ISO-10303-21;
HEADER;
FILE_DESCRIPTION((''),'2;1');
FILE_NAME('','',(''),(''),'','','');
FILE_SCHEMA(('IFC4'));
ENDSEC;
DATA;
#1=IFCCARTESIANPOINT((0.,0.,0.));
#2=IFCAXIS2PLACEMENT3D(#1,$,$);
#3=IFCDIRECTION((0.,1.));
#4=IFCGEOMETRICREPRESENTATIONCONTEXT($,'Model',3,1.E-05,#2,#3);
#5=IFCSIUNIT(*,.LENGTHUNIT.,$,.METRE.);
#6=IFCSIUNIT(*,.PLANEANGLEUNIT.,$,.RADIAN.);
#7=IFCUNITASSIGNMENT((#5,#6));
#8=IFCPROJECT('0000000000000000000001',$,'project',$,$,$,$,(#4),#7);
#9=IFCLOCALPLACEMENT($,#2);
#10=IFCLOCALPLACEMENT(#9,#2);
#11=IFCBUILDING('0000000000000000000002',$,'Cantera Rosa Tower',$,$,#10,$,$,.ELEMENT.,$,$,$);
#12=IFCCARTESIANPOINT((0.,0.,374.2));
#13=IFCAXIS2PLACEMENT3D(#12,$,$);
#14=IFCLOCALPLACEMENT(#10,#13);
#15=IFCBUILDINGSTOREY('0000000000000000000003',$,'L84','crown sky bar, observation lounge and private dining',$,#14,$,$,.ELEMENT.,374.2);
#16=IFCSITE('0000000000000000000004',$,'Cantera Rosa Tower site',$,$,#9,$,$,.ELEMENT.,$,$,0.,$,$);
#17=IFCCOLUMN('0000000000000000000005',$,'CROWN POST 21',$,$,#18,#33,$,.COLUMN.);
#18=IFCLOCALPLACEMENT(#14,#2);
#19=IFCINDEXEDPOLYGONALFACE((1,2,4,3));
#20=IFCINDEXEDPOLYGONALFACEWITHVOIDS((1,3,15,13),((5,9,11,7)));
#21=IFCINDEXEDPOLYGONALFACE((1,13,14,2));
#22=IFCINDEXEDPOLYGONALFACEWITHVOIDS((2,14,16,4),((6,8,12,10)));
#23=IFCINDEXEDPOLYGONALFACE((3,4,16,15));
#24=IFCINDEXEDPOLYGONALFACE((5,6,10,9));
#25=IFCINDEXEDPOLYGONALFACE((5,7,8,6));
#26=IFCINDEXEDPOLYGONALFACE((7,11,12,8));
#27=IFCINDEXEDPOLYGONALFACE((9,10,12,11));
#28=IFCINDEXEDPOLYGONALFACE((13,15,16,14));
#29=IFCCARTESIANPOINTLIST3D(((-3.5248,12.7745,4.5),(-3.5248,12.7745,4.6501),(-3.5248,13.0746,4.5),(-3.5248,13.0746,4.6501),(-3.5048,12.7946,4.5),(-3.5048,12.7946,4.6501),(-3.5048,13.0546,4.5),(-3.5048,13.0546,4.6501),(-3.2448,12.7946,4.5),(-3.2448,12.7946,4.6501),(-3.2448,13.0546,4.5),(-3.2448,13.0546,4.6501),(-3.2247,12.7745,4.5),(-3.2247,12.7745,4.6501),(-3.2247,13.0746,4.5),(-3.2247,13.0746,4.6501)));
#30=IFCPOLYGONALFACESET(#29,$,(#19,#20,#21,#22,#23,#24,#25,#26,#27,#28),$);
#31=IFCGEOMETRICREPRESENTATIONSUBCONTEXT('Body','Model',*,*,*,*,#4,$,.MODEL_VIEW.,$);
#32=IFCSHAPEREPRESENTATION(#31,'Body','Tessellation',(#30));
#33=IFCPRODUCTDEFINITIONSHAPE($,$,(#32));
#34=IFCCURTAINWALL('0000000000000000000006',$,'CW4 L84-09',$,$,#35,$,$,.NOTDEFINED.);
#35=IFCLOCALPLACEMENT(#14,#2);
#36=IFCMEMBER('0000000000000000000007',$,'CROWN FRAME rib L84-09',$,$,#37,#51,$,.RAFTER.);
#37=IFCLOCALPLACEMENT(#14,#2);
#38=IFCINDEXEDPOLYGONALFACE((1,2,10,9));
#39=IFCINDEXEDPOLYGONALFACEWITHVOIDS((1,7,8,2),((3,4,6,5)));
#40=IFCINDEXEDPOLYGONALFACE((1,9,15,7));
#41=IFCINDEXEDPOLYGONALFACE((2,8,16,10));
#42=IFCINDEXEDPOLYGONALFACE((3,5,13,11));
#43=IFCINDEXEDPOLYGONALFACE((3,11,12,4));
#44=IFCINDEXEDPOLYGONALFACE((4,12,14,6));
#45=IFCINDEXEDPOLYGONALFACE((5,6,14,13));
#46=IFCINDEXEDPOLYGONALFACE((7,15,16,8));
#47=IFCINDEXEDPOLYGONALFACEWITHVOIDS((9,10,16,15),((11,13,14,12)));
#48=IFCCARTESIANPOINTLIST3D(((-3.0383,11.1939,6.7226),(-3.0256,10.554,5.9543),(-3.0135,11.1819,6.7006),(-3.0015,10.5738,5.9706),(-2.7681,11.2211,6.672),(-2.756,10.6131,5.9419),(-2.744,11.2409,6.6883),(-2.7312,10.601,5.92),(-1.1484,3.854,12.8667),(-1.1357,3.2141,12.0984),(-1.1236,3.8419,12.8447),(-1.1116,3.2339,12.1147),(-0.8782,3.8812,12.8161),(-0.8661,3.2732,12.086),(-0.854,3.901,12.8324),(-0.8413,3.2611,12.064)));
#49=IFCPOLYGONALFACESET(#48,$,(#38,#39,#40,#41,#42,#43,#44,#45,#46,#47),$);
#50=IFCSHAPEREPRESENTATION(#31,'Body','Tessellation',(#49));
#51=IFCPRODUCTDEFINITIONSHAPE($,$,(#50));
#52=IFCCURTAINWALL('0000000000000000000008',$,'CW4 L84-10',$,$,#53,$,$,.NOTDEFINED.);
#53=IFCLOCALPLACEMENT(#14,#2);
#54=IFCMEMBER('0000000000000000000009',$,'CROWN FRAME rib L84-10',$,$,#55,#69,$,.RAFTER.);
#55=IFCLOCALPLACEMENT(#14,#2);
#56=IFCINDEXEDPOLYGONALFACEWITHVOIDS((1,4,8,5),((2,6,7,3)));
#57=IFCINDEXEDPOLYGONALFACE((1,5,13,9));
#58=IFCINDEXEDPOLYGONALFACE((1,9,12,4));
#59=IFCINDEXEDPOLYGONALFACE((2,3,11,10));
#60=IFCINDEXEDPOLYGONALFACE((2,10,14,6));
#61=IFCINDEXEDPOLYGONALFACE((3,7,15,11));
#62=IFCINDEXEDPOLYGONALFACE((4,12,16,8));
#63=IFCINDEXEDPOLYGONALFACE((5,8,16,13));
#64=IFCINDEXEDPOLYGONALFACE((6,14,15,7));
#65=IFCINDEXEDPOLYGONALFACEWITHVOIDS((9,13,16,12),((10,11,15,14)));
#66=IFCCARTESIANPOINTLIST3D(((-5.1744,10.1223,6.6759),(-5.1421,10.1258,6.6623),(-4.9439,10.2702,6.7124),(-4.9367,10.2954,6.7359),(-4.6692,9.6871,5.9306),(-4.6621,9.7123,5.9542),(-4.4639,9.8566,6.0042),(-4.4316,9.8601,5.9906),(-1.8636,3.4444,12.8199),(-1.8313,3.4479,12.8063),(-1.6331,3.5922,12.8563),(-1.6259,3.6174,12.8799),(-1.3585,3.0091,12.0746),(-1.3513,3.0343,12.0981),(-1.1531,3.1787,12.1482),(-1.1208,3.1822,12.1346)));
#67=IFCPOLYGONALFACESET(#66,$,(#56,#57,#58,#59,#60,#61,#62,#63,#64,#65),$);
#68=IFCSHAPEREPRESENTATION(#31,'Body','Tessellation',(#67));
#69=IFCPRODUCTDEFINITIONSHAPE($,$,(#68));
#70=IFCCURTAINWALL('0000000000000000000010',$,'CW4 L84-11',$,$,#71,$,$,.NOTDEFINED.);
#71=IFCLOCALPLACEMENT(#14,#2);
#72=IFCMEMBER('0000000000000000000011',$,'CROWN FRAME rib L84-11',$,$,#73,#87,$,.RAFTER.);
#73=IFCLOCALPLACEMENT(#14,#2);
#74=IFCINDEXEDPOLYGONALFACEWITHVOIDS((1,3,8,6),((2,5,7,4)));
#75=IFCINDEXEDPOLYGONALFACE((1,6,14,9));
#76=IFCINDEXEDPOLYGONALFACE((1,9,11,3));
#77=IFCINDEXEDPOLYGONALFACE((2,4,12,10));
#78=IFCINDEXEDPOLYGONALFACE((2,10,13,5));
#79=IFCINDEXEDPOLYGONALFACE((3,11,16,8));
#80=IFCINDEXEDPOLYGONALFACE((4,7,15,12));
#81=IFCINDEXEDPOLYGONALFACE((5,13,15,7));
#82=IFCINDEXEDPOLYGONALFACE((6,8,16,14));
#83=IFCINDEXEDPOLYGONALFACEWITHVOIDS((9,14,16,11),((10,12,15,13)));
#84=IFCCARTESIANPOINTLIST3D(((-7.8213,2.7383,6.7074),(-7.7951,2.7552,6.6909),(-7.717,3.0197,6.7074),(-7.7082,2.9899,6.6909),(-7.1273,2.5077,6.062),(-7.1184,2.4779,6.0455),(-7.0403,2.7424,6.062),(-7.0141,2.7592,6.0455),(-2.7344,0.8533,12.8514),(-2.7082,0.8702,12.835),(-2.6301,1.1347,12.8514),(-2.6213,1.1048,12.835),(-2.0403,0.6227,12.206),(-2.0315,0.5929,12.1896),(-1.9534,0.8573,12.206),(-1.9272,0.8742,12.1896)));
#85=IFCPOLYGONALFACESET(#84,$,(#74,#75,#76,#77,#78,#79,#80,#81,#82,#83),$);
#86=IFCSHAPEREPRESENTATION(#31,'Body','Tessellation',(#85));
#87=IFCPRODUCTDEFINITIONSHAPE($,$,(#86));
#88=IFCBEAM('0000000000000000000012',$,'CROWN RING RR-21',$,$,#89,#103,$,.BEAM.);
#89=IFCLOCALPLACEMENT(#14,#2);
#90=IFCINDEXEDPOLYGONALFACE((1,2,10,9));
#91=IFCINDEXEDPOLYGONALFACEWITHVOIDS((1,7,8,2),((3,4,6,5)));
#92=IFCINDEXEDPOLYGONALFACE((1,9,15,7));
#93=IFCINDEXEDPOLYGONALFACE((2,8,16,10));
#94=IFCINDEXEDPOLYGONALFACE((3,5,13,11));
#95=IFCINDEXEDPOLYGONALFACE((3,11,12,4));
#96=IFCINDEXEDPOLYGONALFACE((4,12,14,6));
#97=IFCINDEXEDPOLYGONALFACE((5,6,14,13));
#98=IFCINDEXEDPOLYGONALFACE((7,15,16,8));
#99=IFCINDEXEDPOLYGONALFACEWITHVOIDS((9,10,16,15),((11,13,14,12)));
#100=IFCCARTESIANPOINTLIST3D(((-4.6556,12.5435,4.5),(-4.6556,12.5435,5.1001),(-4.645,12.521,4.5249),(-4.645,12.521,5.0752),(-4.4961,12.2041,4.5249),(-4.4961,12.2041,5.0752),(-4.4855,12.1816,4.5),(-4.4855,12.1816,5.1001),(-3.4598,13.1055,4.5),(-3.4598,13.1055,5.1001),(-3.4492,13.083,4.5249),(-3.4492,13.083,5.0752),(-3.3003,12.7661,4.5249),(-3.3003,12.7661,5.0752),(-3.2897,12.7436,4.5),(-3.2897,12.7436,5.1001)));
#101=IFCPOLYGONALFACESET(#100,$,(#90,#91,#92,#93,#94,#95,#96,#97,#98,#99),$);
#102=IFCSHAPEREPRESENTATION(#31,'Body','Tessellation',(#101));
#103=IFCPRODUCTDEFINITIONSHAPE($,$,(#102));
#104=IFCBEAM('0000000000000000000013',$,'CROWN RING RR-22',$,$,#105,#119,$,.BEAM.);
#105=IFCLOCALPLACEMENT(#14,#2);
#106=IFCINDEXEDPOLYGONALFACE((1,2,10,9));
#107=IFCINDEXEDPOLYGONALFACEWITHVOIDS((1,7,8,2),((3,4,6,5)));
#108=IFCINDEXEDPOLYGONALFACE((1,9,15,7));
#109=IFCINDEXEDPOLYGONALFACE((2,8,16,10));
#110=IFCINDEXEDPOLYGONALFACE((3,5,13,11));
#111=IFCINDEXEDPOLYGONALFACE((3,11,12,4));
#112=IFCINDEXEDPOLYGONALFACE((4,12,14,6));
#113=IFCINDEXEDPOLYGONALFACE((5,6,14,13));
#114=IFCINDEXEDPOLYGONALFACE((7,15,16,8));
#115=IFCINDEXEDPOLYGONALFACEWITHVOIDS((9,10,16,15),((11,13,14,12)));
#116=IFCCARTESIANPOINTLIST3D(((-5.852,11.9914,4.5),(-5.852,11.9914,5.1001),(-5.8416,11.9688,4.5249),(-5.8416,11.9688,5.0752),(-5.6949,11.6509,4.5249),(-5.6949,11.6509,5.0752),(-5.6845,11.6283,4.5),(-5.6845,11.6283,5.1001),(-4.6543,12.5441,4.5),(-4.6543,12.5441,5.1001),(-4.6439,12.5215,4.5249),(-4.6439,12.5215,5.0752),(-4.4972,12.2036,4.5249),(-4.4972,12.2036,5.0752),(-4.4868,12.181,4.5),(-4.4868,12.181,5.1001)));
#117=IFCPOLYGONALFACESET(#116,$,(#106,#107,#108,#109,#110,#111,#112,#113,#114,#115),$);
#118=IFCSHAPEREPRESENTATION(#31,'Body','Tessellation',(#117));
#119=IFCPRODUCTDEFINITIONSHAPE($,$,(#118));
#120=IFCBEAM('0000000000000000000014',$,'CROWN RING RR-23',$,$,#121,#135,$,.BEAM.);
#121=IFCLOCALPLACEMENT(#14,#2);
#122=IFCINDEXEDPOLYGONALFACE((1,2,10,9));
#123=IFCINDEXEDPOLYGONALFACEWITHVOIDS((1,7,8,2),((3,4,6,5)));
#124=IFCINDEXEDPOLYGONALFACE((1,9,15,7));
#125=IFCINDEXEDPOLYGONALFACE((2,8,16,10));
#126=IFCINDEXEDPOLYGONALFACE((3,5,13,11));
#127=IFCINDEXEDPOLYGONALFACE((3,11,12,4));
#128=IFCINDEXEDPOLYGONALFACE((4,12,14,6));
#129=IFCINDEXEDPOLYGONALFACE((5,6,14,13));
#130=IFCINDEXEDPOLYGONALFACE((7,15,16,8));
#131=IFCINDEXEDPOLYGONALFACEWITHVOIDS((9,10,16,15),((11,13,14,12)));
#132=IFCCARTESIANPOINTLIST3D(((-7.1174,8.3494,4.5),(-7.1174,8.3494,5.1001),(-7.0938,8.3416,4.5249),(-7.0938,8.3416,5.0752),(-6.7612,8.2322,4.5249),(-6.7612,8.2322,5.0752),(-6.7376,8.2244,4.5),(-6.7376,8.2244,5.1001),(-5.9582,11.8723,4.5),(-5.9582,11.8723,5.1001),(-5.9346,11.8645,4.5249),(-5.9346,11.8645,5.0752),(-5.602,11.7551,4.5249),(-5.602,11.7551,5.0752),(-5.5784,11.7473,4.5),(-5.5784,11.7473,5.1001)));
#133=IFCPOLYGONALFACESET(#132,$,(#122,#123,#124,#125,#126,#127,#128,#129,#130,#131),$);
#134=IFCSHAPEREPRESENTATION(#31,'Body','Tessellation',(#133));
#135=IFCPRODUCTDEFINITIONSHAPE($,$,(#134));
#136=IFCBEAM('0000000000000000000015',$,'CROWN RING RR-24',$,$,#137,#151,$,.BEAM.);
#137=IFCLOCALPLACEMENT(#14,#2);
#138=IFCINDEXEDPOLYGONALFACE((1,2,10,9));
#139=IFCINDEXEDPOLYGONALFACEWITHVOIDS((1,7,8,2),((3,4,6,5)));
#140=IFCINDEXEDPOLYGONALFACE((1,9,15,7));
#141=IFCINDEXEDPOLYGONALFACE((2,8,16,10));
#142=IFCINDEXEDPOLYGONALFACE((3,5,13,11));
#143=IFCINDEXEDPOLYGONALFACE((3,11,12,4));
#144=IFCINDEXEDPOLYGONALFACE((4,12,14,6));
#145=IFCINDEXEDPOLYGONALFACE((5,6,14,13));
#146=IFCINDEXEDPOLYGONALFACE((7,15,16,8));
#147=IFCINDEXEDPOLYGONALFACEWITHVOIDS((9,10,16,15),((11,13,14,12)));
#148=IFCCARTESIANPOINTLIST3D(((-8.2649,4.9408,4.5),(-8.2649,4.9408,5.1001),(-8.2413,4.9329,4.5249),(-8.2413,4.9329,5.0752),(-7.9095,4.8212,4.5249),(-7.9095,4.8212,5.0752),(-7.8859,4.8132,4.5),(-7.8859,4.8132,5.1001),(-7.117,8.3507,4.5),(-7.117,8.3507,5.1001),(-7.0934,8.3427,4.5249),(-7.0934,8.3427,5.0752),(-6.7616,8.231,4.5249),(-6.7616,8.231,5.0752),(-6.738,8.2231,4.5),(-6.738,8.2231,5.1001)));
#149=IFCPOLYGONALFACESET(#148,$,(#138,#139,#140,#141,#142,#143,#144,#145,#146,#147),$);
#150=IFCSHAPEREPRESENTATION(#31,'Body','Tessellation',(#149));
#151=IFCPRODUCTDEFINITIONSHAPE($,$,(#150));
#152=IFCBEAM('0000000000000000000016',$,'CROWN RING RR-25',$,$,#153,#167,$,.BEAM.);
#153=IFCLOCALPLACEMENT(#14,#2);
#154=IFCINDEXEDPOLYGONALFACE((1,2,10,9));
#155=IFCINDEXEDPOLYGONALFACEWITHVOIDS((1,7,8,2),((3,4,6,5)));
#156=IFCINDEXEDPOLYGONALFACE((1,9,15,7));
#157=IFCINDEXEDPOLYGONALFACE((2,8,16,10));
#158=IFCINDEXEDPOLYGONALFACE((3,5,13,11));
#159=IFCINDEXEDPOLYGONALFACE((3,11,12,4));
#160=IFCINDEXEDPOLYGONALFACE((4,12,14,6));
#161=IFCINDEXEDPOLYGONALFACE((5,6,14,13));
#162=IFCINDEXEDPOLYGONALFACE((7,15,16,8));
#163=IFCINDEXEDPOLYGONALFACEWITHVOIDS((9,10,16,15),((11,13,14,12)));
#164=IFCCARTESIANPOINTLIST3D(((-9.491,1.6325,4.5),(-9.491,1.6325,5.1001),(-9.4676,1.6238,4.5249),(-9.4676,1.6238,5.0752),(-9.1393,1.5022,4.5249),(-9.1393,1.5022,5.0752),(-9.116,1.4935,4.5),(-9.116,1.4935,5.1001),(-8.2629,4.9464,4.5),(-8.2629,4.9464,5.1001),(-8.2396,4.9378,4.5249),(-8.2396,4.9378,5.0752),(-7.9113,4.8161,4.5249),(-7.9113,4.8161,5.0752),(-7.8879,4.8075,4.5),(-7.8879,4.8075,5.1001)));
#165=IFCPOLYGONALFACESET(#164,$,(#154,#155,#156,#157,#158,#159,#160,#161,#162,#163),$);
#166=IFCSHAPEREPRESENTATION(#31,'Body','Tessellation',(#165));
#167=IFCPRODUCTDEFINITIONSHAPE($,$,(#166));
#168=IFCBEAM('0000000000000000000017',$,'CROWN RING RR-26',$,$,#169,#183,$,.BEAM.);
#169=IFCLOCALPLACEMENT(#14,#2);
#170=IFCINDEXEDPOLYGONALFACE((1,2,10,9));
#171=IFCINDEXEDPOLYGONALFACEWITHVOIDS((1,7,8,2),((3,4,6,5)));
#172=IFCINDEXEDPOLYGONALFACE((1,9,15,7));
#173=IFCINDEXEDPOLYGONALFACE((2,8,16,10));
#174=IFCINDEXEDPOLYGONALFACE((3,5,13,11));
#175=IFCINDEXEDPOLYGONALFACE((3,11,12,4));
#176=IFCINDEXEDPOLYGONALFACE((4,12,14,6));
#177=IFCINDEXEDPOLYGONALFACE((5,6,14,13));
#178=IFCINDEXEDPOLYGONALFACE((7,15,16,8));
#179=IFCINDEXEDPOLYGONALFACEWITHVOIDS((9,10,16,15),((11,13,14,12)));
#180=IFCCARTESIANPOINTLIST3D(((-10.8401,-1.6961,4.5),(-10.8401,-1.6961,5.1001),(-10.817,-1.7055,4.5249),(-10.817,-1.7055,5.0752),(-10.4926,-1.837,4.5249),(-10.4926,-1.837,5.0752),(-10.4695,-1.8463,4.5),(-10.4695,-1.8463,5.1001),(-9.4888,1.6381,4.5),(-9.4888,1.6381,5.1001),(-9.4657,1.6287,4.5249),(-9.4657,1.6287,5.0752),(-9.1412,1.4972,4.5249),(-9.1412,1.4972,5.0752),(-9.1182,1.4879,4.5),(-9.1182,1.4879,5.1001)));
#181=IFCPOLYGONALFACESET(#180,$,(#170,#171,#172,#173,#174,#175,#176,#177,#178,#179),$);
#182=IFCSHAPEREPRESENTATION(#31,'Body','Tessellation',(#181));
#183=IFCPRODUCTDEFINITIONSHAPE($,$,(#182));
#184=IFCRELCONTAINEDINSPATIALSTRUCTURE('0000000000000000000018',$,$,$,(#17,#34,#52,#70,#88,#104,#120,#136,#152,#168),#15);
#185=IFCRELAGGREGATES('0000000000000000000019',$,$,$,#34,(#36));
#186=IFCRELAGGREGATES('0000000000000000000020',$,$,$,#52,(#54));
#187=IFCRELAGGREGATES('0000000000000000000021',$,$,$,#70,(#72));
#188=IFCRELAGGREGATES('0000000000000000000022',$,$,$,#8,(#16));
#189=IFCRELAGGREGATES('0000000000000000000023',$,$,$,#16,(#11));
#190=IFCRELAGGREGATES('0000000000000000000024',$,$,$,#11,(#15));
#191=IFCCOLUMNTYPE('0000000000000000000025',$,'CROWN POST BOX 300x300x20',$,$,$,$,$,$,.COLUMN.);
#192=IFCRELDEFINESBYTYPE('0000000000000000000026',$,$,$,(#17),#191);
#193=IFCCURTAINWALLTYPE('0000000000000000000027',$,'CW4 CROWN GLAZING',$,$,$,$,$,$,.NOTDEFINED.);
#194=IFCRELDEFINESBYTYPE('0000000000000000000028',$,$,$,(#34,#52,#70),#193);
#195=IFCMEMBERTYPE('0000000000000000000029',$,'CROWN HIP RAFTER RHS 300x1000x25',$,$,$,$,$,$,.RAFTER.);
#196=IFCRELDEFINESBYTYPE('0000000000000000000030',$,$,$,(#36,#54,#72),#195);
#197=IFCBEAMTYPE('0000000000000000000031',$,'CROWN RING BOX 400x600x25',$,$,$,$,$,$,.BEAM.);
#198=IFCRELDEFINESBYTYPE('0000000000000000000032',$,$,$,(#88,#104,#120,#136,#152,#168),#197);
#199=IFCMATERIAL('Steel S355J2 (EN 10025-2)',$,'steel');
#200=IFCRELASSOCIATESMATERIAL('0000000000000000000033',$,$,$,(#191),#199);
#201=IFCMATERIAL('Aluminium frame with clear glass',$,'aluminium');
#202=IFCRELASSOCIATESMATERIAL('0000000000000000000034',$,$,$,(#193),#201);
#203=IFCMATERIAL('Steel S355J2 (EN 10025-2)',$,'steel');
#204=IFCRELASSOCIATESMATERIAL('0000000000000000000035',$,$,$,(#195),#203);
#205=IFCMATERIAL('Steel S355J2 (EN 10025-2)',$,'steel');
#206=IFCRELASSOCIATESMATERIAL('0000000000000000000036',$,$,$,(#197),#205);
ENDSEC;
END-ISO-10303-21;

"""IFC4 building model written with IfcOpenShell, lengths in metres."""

from ifc_helpers import new_model, si_unit, direction, frame, origin, origin_2d, place, context, subcontext, project, spatial, hollow_rectangle, extrude, material, material_profile, profile_set, type_object, element, aggregate, save


model = new_model("IFC4")

# Units and contexts
model_context = context("Model", 3, precision=1e-05, world=origin(), true_north=direction((0.0, 1.0)))
body_context = subcontext(model_context, "Body", "Model", "MODEL_VIEW")
ifc_project = project(units=[si_unit("LENGTHUNIT", "METRE"), si_unit("PLANEANGLEUNIT", "RADIAN")], contexts=[model_context])

# Site, building, storey
site_placement = place(None, origin())
site = spatial("IfcSite", under=ifc_project, at=site_placement, Name="Cantera Rosa Tower site", CompositionType="ELEMENT", RefElevation=0.0)
building_placement = place(site_placement, origin())
building = spatial("IfcBuilding", under=site, at=building_placement, Name="Cantera Rosa Tower", CompositionType="ELEMENT")
storey_placement = place(building_placement, frame((0.0, 0.0, 374.2)))
storey = spatial("IfcBuildingStorey", under=building, at=storey_placement, Name="L84", Description="crown sky bar, observation lounge and private dining", CompositionType="ELEMENT", Elevation=374.2)

# Column
ifc_material_1 = material(Name="Steel S355J2 (EN 10025-2)", Category="steel")
ifc_material_profile_1 = material_profile(ifc_material_1, hollow_rectangle(XDim=0.3, YDim=0.3, WallThickness=0.02, at=origin_2d()), Name="CROWN POST BOX 300x300x20")
ifc_profile_set_1 = profile_set([ifc_material_profile_1], Name="Steel S355J2 (EN 10025-2)")
column_type = type_object("IfcColumnType", Name="CROWN POST BOX 300x300x20", PredefinedType="COLUMN", material=ifc_profile_set_1)
column_placement = place(storey_placement, frame((-3.3748, 12.9246, 4.5), z_axis=(0.0, 0.0, 1.0), x_axis=(1.0, 0.0, 0.0)))
element("IfcColumn", 1, at=column_placement, inside=storey, type_object=column_type, Name="CROWN POST 21", PredefinedType="COLUMN", context=body_context, shape_type="SweptSolid", body=[
    extrude(hollow_rectangle(XDim=0.3, YDim=0.3, WallThickness=0.02, at=origin_2d()), origin(), (0.0, 0.0, 1.0), 0.1501),
])

# Curtain walls, members
ifc_material_2 = material(Name="Aluminium frame with clear glass", Category="aluminium")
curtain_wall_type = type_object("IfcCurtainWallType", Name="CW4 CROWN GLAZING", PredefinedType="NOTDEFINED", material=ifc_material_2)
curtain_wall_1_placement = place(storey_placement, origin())
curtain_wall_1 = element("IfcCurtainWall", 2, at=curtain_wall_1_placement, inside=storey, type_object=curtain_wall_type, Name="CW4 L84-09", PredefinedType="NOTDEFINED")
ifc_material_3 = material(Name="Steel S355J2 (EN 10025-2)", Category="steel")
ifc_material_profile_2 = material_profile(ifc_material_3, hollow_rectangle(XDim=0.3, YDim=1.0, WallThickness=0.0249, at=origin_2d()), Name="CROWN HIP RAFTER RHS 300x1000x25")
ifc_profile_set_2 = profile_set([ifc_material_profile_2], Name="Steel S355J2 (EN 10025-2)")
member_type_1 = type_object("IfcMemberType", Name="CROWN HIP RAFTER RHS 300x1000x25", PredefinedType="RAFTER", material=ifc_profile_set_2)
member_1_placement = place(storey_placement, frame((-2.8848, 10.8975, 6.3213), z_axis=(0.193701, -0.752283, 0.629722), x_axis=(-0.980978, -0.156837, 0.114384)))
member_1 = element("IfcMember", 3, at=member_1_placement, type_object=member_type_1, Name="CROWN FRAME rib L84-09", PredefinedType="RAFTER", context=body_context, shape_type="SweptSolid", body=[
    extrude(hollow_rectangle(XDim=0.3, YDim=1.0, WallThickness=0.0249, at=origin_2d()), origin(), (0.0, 0.0, 1.0), 9.7568),
])
curtain_wall_2_placement = place(storey_placement, origin())
curtain_wall_2 = element("IfcCurtainWall", 4, at=curtain_wall_2_placement, inside=storey, type_object=curtain_wall_type, Name="CW4 L84-10", PredefinedType="NOTDEFINED")
member_2_placement = place(storey_placement, frame((-4.803, 9.9912, 6.3333), z_axis=(0.34275, -0.691338, 0.636062), x_axis=(-0.792066, -0.57673, -0.200035)))
member_2 = element("IfcMember", 5, at=member_2_placement, type_object=member_type_1, Name="CROWN FRAME rib L84-10", PredefinedType="RAFTER", context=body_context, shape_type="SweptSolid", body=[
    extrude(hollow_rectangle(XDim=0.3, YDim=1.0, WallThickness=0.0249, at=origin_2d()), origin(), (0.0, 0.0, 1.0), 9.6594),
])
curtain_wall_3_placement = place(storey_placement, origin())
curtain_wall_3 = element("IfcCurtainWall", 6, at=curtain_wall_3_placement, inside=storey, type_object=curtain_wall_type, Name="CW4 L84-11", PredefinedType="NOTDEFINED")
member_3_placement = place(storey_placement, frame((-7.4177, 2.7488, 6.3765), z_axis=(0.620636, -0.229983, 0.749612), x_axis=(-0.347471, -0.937691, 0.0)))
member_3 = element("IfcMember", 7, at=member_3_placement, type_object=member_type_1, Name="CROWN FRAME rib L84-11", PredefinedType="RAFTER", context=body_context, shape_type="SweptSolid", body=[
    extrude(hollow_rectangle(XDim=0.3, YDim=1.0, WallThickness=0.0249, at=origin_2d()), origin(), (0.0, 0.0, 1.0), 8.1963),
])

# Beams
ifc_material_4 = material(Name="Steel S355J2 (EN 10025-2)", Category="steel")
ifc_material_profile_3 = material_profile(ifc_material_4, hollow_rectangle(XDim=0.3999, YDim=0.6001, WallThickness=0.0249, at=origin_2d()), Name="CROWN RING BOX 400x600x25")
ifc_profile_set_3 = profile_set([ifc_material_profile_3], Name="Steel S355J2 (EN 10025-2)")
beam_type_1 = type_object("IfcBeamType", Name="CROWN RING BOX 400x600x25", PredefinedType="BEAM", material=ifc_profile_set_3)
beam_1_placement = place(storey_placement, frame((-3.3748, 12.9246, 4.8), z_axis=(-0.905028, -0.425352, 0.0), x_axis=(0.425352, -0.905028, 0.0)))
element("IfcBeam", 8, at=beam_1_placement, inside=storey, type_object=beam_type_1, Name="CROWN RING RR-21", PredefinedType="BEAM", context=body_context, shape_type="SweptSolid", body=[
    extrude(hollow_rectangle(XDim=0.3999, YDim=0.6001, WallThickness=0.0249, at=origin_2d()), origin(), (0.0, 0.0, 1.0), 1.3213),
])
beam_2_placement = place(storey_placement, frame((-4.5706, 12.3625, 4.8), z_axis=(-0.907981, -0.419011, 0.0), x_axis=(0.419011, -0.907981, 0.0)))
element("IfcBeam", 9, at=beam_2_placement, inside=storey, type_object=beam_type_1, Name="CROWN RING RR-22", PredefinedType="BEAM", context=body_context, shape_type="SweptSolid", body=[
    extrude(hollow_rectangle(XDim=0.3999, YDim=0.6001, WallThickness=0.0249, at=origin_2d()), origin(), (0.0, 0.0, 1.0), 1.3191),
])
beam_3_placement = place(storey_placement, frame((-5.7683, 11.8098, 4.8), z_axis=(-0.312552, -0.949901, 0.0), x_axis=(0.949901, -0.312552, 0.0)))
element("IfcBeam", 10, at=beam_3_placement, inside=storey, type_object=beam_type_1, Name="CROWN RING RR-23", PredefinedType="BEAM", context=body_context, shape_type="SweptSolid", body=[
    extrude(hollow_rectangle(XDim=0.3999, YDim=0.6001, WallThickness=0.0249, at=origin_2d()), origin(), (0.0, 0.0, 1.0), 3.7087),
])
beam_4_placement = place(storey_placement, frame((-6.9275, 8.2869, 4.8), z_axis=(-0.319056, -0.947736, 0.0), x_axis=(0.947736, -0.319056, 0.0)))
element("IfcBeam", 11, at=beam_4_placement, inside=storey, type_object=beam_type_1, Name="CROWN RING RR-24", PredefinedType="BEAM", context=body_context, shape_type="SweptSolid", body=[
    extrude(hollow_rectangle(XDim=0.3999, YDim=0.6001, WallThickness=0.0249, at=origin_2d()), origin(), (0.0, 0.0, 1.0), 3.5979),
])
beam_5_placement = place(storey_placement, frame((-8.0754, 4.877, 4.8), z_axis=(-0.347472, -0.93769, 0.0), x_axis=(0.93769, -0.347472, 0.0)))
element("IfcBeam", 12, at=beam_5_placement, inside=storey, type_object=beam_type_1, Name="CROWN RING RR-25", PredefinedType="BEAM", context=body_context, shape_type="SweptSolid", body=[
    extrude(hollow_rectangle(XDim=0.3999, YDim=0.6001, WallThickness=0.0249, at=origin_2d()), origin(), (0.0, 0.0, 1.0), 3.5342),
])
beam_6_placement = place(storey_placement, frame((-9.3035, 1.563, 4.8), z_axis=(-0.375611, -0.926778, 0.0), x_axis=(0.926778, -0.375611, 0.0)))
element("IfcBeam", 13, at=beam_6_placement, inside=storey, type_object=beam_type_1, Name="CROWN RING RR-26", PredefinedType="BEAM", context=body_context, shape_type="SweptSolid", body=[
    extrude(hollow_rectangle(XDim=0.3999, YDim=0.6001, WallThickness=0.0249, at=origin_2d()), origin(), (0.0, 0.0, 1.0), 3.5977),
])

aggregate(curtain_wall_1, [member_1])
aggregate(curtain_wall_2, [member_2])
aggregate(curtain_wall_3, [member_3])

save(model, "model.ifc")
